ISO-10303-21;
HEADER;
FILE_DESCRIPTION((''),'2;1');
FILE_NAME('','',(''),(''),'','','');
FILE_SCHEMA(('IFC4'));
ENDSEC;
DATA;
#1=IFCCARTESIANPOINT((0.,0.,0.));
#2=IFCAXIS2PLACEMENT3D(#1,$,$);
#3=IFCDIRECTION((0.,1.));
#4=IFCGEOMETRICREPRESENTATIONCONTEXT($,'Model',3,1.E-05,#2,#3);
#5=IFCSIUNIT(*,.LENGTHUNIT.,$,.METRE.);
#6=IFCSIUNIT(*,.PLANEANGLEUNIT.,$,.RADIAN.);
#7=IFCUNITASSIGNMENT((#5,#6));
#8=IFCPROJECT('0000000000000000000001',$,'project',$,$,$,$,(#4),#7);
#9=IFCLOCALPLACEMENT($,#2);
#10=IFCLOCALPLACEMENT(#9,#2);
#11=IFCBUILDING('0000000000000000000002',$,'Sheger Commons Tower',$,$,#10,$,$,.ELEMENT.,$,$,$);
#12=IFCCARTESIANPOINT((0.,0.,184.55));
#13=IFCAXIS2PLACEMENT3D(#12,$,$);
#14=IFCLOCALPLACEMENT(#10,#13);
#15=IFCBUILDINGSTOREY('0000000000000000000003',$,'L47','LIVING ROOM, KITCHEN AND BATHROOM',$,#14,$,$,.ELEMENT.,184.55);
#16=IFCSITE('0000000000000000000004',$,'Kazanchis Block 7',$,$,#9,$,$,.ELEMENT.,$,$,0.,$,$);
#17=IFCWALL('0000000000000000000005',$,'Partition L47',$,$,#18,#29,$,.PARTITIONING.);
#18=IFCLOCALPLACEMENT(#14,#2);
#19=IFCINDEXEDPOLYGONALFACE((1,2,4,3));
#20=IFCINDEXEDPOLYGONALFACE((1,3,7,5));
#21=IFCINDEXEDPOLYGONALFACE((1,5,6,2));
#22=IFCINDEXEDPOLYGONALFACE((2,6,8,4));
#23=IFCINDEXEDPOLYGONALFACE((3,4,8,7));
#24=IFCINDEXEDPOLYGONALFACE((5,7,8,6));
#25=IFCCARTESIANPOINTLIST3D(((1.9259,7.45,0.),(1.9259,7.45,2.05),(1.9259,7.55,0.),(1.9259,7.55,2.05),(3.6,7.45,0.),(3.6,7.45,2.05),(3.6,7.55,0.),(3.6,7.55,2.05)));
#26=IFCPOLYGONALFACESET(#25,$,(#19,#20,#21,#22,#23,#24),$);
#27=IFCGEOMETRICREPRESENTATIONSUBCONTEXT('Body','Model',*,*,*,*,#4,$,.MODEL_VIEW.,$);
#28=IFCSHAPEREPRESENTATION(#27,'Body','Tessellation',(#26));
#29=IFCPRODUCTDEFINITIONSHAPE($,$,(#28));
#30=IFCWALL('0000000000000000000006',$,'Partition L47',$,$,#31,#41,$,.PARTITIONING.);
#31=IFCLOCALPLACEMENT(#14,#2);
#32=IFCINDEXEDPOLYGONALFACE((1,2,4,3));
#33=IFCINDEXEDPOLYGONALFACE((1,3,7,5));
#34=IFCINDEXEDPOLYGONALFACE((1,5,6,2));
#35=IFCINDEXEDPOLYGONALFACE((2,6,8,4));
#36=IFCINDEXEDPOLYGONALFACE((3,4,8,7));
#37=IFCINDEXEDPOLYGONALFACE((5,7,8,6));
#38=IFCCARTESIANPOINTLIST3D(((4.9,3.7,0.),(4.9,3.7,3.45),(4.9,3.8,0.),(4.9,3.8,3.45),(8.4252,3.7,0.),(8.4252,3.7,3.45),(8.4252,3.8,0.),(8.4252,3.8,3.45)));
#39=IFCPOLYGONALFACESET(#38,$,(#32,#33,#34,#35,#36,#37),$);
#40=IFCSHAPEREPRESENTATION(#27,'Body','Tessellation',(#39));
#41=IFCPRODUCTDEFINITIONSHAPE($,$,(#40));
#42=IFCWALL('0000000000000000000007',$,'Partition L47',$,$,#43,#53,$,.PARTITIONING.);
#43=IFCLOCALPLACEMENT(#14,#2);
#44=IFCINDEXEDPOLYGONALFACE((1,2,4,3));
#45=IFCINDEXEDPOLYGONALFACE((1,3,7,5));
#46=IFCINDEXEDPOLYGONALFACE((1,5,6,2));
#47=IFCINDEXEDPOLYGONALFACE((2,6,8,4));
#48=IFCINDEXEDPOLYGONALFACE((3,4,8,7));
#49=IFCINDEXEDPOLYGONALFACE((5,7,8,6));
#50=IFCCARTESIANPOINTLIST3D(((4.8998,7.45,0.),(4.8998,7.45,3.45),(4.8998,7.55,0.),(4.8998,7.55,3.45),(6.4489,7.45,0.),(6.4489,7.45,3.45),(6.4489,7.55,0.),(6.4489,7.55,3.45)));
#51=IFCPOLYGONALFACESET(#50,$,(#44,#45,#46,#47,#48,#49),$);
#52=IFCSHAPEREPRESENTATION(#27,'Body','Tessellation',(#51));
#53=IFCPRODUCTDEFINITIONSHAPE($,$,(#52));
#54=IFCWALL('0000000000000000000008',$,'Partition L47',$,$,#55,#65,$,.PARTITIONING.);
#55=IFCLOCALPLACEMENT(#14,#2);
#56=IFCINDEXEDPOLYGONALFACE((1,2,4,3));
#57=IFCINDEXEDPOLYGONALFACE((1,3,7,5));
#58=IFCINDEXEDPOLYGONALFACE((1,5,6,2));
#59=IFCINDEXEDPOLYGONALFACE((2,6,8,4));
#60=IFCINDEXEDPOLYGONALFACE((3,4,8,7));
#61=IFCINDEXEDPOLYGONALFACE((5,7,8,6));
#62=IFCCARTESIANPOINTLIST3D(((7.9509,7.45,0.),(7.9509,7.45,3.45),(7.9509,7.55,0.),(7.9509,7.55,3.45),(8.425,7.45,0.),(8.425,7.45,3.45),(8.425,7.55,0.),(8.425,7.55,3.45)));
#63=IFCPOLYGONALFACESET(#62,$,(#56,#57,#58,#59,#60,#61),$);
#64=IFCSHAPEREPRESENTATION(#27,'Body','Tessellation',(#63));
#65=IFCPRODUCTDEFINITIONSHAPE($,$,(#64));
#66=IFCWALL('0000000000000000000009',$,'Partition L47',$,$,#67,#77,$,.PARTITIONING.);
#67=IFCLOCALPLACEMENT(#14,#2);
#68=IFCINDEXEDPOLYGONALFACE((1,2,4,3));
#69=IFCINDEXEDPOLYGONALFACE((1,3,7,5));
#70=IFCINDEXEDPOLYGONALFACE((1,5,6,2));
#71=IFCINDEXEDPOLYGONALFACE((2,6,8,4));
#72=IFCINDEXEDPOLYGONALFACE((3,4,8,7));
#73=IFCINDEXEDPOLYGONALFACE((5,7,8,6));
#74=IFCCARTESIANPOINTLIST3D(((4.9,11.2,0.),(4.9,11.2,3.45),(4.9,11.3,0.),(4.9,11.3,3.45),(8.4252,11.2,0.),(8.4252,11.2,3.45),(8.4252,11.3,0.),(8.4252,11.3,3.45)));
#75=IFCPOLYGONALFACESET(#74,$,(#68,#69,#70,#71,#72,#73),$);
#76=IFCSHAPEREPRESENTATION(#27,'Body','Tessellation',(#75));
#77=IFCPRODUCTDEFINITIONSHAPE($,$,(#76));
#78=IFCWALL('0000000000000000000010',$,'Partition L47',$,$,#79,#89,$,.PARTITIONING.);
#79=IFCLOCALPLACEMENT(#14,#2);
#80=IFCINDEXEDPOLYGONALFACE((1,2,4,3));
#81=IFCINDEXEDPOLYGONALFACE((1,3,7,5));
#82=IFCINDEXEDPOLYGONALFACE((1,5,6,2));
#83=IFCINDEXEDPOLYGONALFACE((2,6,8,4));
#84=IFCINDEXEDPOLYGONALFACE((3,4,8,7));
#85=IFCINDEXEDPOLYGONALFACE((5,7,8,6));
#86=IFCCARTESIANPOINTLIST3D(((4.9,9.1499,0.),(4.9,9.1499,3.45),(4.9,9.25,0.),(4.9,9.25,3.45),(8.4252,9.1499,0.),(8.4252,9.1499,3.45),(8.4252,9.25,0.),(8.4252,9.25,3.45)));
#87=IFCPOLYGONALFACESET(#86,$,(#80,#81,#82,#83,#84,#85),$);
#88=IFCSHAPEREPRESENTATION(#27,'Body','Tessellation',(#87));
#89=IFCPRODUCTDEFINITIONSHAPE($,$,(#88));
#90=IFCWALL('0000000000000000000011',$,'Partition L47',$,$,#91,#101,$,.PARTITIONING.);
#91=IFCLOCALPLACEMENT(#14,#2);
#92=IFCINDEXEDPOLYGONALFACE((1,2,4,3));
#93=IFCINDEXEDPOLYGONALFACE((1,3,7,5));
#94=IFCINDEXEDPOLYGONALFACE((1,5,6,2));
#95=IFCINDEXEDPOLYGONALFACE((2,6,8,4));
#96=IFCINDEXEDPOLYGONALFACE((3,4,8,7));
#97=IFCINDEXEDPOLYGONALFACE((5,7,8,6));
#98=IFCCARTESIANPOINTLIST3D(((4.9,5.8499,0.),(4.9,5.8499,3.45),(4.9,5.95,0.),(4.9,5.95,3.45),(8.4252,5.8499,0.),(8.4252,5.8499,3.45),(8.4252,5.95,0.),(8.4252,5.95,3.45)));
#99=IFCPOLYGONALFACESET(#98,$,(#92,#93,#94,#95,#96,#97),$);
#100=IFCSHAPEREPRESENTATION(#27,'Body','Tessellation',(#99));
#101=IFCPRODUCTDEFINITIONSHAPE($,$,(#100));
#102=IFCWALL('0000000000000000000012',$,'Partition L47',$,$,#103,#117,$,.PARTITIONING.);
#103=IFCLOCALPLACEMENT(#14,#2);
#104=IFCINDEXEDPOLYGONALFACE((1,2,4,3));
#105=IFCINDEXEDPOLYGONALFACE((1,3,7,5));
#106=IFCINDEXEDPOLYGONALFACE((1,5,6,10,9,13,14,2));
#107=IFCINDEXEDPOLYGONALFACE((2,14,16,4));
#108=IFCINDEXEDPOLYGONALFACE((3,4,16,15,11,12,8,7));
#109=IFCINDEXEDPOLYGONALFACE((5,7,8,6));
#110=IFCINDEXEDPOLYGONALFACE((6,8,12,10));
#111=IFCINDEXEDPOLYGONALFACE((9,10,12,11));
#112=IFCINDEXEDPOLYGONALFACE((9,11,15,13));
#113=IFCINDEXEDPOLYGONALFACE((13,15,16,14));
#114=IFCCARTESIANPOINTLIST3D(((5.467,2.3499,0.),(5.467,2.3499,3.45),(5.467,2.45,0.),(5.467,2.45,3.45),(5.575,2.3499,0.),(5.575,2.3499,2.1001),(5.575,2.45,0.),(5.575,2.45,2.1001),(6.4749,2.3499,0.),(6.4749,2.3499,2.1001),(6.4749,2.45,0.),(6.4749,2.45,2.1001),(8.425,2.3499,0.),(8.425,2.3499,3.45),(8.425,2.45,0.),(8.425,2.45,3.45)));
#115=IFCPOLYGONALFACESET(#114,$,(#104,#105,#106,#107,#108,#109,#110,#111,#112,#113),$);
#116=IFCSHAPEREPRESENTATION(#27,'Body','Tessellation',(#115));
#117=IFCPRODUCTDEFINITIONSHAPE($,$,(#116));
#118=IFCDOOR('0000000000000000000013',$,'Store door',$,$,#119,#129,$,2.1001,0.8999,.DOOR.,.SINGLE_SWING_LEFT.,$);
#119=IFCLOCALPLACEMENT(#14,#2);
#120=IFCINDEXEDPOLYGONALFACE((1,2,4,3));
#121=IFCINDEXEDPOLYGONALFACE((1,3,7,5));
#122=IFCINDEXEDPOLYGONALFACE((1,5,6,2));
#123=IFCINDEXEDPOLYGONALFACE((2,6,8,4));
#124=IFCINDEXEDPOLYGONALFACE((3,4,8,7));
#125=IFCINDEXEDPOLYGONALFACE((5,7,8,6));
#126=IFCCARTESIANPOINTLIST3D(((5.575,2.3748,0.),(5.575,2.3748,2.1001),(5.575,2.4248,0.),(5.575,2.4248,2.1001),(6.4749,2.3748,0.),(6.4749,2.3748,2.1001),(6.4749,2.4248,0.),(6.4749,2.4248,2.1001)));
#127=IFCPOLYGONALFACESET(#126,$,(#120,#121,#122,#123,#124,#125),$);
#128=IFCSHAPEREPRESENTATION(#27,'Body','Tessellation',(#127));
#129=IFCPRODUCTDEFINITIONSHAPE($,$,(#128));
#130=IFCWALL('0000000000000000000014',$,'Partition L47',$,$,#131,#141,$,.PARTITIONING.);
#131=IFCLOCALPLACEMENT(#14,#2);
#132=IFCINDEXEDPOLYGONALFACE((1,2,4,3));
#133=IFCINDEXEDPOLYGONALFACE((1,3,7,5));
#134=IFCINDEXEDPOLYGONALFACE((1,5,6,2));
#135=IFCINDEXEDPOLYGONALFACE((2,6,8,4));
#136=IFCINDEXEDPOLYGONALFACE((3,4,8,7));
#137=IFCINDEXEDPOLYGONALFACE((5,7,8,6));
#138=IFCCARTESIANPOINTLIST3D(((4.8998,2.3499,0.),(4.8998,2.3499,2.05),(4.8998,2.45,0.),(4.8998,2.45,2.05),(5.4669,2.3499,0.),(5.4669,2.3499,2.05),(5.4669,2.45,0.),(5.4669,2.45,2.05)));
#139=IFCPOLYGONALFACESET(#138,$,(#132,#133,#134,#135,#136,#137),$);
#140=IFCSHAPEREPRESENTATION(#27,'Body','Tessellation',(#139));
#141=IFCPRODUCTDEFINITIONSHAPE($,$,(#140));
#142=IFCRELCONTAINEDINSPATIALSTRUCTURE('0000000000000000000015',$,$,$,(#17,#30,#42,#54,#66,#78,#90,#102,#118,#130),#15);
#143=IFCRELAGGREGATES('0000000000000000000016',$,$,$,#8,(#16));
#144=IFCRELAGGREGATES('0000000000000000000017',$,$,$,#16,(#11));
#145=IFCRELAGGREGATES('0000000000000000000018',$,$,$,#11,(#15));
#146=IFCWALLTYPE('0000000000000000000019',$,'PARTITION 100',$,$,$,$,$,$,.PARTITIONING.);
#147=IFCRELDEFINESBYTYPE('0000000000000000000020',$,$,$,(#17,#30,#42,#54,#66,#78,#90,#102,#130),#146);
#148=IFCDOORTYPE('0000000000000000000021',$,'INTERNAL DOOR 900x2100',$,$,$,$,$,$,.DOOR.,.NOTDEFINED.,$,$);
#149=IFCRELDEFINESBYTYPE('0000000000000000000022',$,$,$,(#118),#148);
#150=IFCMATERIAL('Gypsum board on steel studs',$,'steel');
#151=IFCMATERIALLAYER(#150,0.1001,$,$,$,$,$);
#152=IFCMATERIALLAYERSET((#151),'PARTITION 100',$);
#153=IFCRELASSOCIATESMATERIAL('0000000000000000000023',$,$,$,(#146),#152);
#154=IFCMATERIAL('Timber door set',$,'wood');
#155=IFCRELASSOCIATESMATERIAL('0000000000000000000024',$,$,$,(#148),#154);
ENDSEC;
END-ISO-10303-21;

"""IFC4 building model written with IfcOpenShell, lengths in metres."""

from ifc_helpers import new_model, si_unit, direction, frame, frame_2d, origin, place, context, subcontext, project, spatial, rectangle, extrude, material, layer, layer_set, type_object, element, fill, save


model = new_model("IFC4")

# Units and contexts
model_context = context("Model", 3, precision=1e-05, world=origin(), true_north=direction((0.0, 1.0)))
body_context = subcontext(model_context, "Body", "Model", "MODEL_VIEW")
ifc_project = project(units=[si_unit("LENGTHUNIT", "METRE"), si_unit("PLANEANGLEUNIT", "RADIAN")], contexts=[model_context])

# Site, building, storey
site_placement = place(None, origin())
site = spatial("IfcSite", under=ifc_project, at=site_placement, Name="Kazanchis Block 7", CompositionType="ELEMENT", RefElevation=0.0)
building_placement = place(site_placement, origin())
building = spatial("IfcBuilding", under=site, at=building_placement, Name="Sheger Commons Tower", CompositionType="ELEMENT")
storey_placement = place(building_placement, frame((0.0, 0.0, 184.55)))
storey = spatial("IfcBuildingStorey", under=building, at=storey_placement, Name="L47", Description="LIVING ROOM, KITCHEN AND BATHROOM", CompositionType="ELEMENT", Elevation=184.55)

# Shared definitions
ifc_material_1 = material(Name="Gypsum board on steel studs", Category="steel")
ifc_layer = layer(ifc_material_1, 0.1001)
ifc_layer_set = layer_set([ifc_layer], Name="PARTITION 100")
wall_type = type_object("IfcWallType", Name="PARTITION 100", PredefinedType="PARTITIONING", material=ifc_layer_set)
ifc_material_2 = material(Name="Timber door set", Category="wood")
door_type = type_object("IfcDoorType", Name="INTERNAL DOOR 900x2100", OperationType="NOTDEFINED", PredefinedType="DOOR", material=ifc_material_2)

# Walls
wall_1_placement = place(storey_placement, frame((1.926, 7.5, 0.0), z_axis=(0.0, 0.0, 1.0), x_axis=(1.0, 0.0, 0.0)))
element("IfcWall", 1, at=wall_1_placement, inside=storey, type_object=wall_type, Name="Partition L47", PredefinedType="PARTITIONING", context=body_context, shape_type="SweptSolid", body=[
    extrude(rectangle(XDim=1.6741, YDim=0.1001, at=frame_2d((0.8369, 0.0))), origin(), (0.0, 0.0, 1.0), 2.05),
])
wall_2_placement = place(storey_placement, frame((4.8999, 3.75, 0.0), z_axis=(0.0, 0.0, 1.0), x_axis=(1.0, 0.0, 0.0)))
element("IfcWall", 2, at=wall_2_placement, inside=storey, type_object=wall_type, Name="Partition L47", PredefinedType="PARTITIONING", context=body_context, shape_type="SweptSolid", body=[
    extrude(rectangle(XDim=3.5251, YDim=0.1001, at=frame_2d((1.7627, 0.0))), origin(), (0.0, 0.0, 1.0), 3.45),
])
wall_3_placement = place(storey_placement, frame((4.8999, 7.5, 0.0), z_axis=(0.0, 0.0, 1.0), x_axis=(1.0, 0.0, 0.0)))
element("IfcWall", 3, at=wall_3_placement, inside=storey, type_object=wall_type, Name="Partition L47", PredefinedType="PARTITIONING", context=body_context, shape_type="SweptSolid", body=[
    extrude(rectangle(XDim=1.5491, YDim=0.1001, at=frame_2d((0.7744, 0.0))), origin(), (0.0, 0.0, 1.0), 3.45),
])
wall_4_placement = place(storey_placement, frame((7.9509, 7.5, 0.0), z_axis=(0.0, 0.0, 1.0), x_axis=(1.0, 0.0, 0.0)))
element("IfcWall", 4, at=wall_4_placement, inside=storey, type_object=wall_type, Name="Partition L47", PredefinedType="PARTITIONING", context=body_context, shape_type="SweptSolid", body=[
    extrude(rectangle(XDim=0.4741, YDim=0.1001, at=frame_2d((0.2371, 0.0))), origin(), (0.0, 0.0, 1.0), 3.45),
])
for number, where, z_axis, x_axis, name in (
    (5, (4.8999, 11.25, 0.0), (0.0, 0.0, 1.0), (1.0, 0.0, 0.0), "Partition L47"),
    (6, (4.8999, 9.2, 0.0), (0.0, 0.0, 1.0), (1.0, 0.0, 0.0), "Partition L47"),
    (7, (4.8999, 5.8999, 0.0), (0.0, 0.0, 1.0), (1.0, 0.0, 0.0), "Partition L47"),
):
    element("IfcWall", number, at=place(storey_placement, frame(where, z_axis=z_axis, x_axis=x_axis)), inside=storey, type_object=wall_type, Name=name, PredefinedType="PARTITIONING", context=body_context, shape_type="SweptSolid", body=[
        extrude(rectangle(XDim=3.5251, YDim=0.1001, at=frame_2d((1.7627, 0.0))), origin(), (0.0, 0.0, 1.0), 3.45),
    ])

# Wall, opening, door
wall_5_placement = place(storey_placement, frame((5.467, 2.3999, 0.0), z_axis=(0.0, 0.0, 1.0), x_axis=(1.0, 0.0, 0.0)))
wall_5 = element("IfcWall", 8, at=wall_5_placement, inside=storey, type_object=wall_type, Name="Partition L47", PredefinedType="PARTITIONING", context=body_context, shape_type="SweptSolid", body=[
    extrude(rectangle(XDim=2.958, YDim=0.1001, at=frame_2d((1.479, 0.0))), origin(), (0.0, 0.0, 1.0), 3.45),
])
opening_1_placement = place(wall_5_placement, frame((0.1079, 0.0, 0.0)))
opening_1 = element("IfcOpeningElement", 9, at=opening_1_placement, cuts=wall_5, PredefinedType="OPENING", context=body_context, shape_type="SweptSolid", body=[
    extrude(rectangle(XDim=0.8999, YDim=2.1001, at=frame_2d((0.45, 1.05))), frame((0.0, 0.0601, 0.0), z_axis=(0.0, -1.0, 0.0), x_axis=(1.0, 0.0, 0.0)), (0.0, 0.0, 1.0), 0.1201),
])
door_1_placement = place(opening_1_placement, origin())
door_1 = element("IfcDoor", 10, at=door_1_placement, inside=storey, type_object=door_type, Name="Store door", OperationType="SINGLE_SWING_LEFT", OverallHeight=2.1001, OverallWidth=0.8999, PredefinedType="DOOR", context=body_context, shape_type="SweptSolid", body=[
    extrude(rectangle(XDim=0.8999, YDim=2.1001, at=frame_2d((0.45, 1.05))), frame((0.0, 0.0249, 0.0), z_axis=(0.0, -1.0, 0.0), x_axis=(1.0, 0.0, 0.0)), (0.0, 0.0, 1.0), 0.05),
])
fill(opening_1, door_1)

# Wall
wall_6_placement = place(storey_placement, frame((5.467, 2.3999, 0.0), z_axis=(0.0, 0.0, 1.0), x_axis=(-1.0, 0.0, 0.0)))
element("IfcWall", 11, at=wall_6_placement, inside=storey, type_object=wall_type, Name="Partition L47", PredefinedType="PARTITIONING", context=body_context, shape_type="SweptSolid", body=[
    extrude(rectangle(XDim=0.5671, YDim=0.1001, at=frame_2d((0.2837, 0.0))), origin(), (0.0, 0.0, 1.0), 2.05),
])

save(model, "model.ifc")
